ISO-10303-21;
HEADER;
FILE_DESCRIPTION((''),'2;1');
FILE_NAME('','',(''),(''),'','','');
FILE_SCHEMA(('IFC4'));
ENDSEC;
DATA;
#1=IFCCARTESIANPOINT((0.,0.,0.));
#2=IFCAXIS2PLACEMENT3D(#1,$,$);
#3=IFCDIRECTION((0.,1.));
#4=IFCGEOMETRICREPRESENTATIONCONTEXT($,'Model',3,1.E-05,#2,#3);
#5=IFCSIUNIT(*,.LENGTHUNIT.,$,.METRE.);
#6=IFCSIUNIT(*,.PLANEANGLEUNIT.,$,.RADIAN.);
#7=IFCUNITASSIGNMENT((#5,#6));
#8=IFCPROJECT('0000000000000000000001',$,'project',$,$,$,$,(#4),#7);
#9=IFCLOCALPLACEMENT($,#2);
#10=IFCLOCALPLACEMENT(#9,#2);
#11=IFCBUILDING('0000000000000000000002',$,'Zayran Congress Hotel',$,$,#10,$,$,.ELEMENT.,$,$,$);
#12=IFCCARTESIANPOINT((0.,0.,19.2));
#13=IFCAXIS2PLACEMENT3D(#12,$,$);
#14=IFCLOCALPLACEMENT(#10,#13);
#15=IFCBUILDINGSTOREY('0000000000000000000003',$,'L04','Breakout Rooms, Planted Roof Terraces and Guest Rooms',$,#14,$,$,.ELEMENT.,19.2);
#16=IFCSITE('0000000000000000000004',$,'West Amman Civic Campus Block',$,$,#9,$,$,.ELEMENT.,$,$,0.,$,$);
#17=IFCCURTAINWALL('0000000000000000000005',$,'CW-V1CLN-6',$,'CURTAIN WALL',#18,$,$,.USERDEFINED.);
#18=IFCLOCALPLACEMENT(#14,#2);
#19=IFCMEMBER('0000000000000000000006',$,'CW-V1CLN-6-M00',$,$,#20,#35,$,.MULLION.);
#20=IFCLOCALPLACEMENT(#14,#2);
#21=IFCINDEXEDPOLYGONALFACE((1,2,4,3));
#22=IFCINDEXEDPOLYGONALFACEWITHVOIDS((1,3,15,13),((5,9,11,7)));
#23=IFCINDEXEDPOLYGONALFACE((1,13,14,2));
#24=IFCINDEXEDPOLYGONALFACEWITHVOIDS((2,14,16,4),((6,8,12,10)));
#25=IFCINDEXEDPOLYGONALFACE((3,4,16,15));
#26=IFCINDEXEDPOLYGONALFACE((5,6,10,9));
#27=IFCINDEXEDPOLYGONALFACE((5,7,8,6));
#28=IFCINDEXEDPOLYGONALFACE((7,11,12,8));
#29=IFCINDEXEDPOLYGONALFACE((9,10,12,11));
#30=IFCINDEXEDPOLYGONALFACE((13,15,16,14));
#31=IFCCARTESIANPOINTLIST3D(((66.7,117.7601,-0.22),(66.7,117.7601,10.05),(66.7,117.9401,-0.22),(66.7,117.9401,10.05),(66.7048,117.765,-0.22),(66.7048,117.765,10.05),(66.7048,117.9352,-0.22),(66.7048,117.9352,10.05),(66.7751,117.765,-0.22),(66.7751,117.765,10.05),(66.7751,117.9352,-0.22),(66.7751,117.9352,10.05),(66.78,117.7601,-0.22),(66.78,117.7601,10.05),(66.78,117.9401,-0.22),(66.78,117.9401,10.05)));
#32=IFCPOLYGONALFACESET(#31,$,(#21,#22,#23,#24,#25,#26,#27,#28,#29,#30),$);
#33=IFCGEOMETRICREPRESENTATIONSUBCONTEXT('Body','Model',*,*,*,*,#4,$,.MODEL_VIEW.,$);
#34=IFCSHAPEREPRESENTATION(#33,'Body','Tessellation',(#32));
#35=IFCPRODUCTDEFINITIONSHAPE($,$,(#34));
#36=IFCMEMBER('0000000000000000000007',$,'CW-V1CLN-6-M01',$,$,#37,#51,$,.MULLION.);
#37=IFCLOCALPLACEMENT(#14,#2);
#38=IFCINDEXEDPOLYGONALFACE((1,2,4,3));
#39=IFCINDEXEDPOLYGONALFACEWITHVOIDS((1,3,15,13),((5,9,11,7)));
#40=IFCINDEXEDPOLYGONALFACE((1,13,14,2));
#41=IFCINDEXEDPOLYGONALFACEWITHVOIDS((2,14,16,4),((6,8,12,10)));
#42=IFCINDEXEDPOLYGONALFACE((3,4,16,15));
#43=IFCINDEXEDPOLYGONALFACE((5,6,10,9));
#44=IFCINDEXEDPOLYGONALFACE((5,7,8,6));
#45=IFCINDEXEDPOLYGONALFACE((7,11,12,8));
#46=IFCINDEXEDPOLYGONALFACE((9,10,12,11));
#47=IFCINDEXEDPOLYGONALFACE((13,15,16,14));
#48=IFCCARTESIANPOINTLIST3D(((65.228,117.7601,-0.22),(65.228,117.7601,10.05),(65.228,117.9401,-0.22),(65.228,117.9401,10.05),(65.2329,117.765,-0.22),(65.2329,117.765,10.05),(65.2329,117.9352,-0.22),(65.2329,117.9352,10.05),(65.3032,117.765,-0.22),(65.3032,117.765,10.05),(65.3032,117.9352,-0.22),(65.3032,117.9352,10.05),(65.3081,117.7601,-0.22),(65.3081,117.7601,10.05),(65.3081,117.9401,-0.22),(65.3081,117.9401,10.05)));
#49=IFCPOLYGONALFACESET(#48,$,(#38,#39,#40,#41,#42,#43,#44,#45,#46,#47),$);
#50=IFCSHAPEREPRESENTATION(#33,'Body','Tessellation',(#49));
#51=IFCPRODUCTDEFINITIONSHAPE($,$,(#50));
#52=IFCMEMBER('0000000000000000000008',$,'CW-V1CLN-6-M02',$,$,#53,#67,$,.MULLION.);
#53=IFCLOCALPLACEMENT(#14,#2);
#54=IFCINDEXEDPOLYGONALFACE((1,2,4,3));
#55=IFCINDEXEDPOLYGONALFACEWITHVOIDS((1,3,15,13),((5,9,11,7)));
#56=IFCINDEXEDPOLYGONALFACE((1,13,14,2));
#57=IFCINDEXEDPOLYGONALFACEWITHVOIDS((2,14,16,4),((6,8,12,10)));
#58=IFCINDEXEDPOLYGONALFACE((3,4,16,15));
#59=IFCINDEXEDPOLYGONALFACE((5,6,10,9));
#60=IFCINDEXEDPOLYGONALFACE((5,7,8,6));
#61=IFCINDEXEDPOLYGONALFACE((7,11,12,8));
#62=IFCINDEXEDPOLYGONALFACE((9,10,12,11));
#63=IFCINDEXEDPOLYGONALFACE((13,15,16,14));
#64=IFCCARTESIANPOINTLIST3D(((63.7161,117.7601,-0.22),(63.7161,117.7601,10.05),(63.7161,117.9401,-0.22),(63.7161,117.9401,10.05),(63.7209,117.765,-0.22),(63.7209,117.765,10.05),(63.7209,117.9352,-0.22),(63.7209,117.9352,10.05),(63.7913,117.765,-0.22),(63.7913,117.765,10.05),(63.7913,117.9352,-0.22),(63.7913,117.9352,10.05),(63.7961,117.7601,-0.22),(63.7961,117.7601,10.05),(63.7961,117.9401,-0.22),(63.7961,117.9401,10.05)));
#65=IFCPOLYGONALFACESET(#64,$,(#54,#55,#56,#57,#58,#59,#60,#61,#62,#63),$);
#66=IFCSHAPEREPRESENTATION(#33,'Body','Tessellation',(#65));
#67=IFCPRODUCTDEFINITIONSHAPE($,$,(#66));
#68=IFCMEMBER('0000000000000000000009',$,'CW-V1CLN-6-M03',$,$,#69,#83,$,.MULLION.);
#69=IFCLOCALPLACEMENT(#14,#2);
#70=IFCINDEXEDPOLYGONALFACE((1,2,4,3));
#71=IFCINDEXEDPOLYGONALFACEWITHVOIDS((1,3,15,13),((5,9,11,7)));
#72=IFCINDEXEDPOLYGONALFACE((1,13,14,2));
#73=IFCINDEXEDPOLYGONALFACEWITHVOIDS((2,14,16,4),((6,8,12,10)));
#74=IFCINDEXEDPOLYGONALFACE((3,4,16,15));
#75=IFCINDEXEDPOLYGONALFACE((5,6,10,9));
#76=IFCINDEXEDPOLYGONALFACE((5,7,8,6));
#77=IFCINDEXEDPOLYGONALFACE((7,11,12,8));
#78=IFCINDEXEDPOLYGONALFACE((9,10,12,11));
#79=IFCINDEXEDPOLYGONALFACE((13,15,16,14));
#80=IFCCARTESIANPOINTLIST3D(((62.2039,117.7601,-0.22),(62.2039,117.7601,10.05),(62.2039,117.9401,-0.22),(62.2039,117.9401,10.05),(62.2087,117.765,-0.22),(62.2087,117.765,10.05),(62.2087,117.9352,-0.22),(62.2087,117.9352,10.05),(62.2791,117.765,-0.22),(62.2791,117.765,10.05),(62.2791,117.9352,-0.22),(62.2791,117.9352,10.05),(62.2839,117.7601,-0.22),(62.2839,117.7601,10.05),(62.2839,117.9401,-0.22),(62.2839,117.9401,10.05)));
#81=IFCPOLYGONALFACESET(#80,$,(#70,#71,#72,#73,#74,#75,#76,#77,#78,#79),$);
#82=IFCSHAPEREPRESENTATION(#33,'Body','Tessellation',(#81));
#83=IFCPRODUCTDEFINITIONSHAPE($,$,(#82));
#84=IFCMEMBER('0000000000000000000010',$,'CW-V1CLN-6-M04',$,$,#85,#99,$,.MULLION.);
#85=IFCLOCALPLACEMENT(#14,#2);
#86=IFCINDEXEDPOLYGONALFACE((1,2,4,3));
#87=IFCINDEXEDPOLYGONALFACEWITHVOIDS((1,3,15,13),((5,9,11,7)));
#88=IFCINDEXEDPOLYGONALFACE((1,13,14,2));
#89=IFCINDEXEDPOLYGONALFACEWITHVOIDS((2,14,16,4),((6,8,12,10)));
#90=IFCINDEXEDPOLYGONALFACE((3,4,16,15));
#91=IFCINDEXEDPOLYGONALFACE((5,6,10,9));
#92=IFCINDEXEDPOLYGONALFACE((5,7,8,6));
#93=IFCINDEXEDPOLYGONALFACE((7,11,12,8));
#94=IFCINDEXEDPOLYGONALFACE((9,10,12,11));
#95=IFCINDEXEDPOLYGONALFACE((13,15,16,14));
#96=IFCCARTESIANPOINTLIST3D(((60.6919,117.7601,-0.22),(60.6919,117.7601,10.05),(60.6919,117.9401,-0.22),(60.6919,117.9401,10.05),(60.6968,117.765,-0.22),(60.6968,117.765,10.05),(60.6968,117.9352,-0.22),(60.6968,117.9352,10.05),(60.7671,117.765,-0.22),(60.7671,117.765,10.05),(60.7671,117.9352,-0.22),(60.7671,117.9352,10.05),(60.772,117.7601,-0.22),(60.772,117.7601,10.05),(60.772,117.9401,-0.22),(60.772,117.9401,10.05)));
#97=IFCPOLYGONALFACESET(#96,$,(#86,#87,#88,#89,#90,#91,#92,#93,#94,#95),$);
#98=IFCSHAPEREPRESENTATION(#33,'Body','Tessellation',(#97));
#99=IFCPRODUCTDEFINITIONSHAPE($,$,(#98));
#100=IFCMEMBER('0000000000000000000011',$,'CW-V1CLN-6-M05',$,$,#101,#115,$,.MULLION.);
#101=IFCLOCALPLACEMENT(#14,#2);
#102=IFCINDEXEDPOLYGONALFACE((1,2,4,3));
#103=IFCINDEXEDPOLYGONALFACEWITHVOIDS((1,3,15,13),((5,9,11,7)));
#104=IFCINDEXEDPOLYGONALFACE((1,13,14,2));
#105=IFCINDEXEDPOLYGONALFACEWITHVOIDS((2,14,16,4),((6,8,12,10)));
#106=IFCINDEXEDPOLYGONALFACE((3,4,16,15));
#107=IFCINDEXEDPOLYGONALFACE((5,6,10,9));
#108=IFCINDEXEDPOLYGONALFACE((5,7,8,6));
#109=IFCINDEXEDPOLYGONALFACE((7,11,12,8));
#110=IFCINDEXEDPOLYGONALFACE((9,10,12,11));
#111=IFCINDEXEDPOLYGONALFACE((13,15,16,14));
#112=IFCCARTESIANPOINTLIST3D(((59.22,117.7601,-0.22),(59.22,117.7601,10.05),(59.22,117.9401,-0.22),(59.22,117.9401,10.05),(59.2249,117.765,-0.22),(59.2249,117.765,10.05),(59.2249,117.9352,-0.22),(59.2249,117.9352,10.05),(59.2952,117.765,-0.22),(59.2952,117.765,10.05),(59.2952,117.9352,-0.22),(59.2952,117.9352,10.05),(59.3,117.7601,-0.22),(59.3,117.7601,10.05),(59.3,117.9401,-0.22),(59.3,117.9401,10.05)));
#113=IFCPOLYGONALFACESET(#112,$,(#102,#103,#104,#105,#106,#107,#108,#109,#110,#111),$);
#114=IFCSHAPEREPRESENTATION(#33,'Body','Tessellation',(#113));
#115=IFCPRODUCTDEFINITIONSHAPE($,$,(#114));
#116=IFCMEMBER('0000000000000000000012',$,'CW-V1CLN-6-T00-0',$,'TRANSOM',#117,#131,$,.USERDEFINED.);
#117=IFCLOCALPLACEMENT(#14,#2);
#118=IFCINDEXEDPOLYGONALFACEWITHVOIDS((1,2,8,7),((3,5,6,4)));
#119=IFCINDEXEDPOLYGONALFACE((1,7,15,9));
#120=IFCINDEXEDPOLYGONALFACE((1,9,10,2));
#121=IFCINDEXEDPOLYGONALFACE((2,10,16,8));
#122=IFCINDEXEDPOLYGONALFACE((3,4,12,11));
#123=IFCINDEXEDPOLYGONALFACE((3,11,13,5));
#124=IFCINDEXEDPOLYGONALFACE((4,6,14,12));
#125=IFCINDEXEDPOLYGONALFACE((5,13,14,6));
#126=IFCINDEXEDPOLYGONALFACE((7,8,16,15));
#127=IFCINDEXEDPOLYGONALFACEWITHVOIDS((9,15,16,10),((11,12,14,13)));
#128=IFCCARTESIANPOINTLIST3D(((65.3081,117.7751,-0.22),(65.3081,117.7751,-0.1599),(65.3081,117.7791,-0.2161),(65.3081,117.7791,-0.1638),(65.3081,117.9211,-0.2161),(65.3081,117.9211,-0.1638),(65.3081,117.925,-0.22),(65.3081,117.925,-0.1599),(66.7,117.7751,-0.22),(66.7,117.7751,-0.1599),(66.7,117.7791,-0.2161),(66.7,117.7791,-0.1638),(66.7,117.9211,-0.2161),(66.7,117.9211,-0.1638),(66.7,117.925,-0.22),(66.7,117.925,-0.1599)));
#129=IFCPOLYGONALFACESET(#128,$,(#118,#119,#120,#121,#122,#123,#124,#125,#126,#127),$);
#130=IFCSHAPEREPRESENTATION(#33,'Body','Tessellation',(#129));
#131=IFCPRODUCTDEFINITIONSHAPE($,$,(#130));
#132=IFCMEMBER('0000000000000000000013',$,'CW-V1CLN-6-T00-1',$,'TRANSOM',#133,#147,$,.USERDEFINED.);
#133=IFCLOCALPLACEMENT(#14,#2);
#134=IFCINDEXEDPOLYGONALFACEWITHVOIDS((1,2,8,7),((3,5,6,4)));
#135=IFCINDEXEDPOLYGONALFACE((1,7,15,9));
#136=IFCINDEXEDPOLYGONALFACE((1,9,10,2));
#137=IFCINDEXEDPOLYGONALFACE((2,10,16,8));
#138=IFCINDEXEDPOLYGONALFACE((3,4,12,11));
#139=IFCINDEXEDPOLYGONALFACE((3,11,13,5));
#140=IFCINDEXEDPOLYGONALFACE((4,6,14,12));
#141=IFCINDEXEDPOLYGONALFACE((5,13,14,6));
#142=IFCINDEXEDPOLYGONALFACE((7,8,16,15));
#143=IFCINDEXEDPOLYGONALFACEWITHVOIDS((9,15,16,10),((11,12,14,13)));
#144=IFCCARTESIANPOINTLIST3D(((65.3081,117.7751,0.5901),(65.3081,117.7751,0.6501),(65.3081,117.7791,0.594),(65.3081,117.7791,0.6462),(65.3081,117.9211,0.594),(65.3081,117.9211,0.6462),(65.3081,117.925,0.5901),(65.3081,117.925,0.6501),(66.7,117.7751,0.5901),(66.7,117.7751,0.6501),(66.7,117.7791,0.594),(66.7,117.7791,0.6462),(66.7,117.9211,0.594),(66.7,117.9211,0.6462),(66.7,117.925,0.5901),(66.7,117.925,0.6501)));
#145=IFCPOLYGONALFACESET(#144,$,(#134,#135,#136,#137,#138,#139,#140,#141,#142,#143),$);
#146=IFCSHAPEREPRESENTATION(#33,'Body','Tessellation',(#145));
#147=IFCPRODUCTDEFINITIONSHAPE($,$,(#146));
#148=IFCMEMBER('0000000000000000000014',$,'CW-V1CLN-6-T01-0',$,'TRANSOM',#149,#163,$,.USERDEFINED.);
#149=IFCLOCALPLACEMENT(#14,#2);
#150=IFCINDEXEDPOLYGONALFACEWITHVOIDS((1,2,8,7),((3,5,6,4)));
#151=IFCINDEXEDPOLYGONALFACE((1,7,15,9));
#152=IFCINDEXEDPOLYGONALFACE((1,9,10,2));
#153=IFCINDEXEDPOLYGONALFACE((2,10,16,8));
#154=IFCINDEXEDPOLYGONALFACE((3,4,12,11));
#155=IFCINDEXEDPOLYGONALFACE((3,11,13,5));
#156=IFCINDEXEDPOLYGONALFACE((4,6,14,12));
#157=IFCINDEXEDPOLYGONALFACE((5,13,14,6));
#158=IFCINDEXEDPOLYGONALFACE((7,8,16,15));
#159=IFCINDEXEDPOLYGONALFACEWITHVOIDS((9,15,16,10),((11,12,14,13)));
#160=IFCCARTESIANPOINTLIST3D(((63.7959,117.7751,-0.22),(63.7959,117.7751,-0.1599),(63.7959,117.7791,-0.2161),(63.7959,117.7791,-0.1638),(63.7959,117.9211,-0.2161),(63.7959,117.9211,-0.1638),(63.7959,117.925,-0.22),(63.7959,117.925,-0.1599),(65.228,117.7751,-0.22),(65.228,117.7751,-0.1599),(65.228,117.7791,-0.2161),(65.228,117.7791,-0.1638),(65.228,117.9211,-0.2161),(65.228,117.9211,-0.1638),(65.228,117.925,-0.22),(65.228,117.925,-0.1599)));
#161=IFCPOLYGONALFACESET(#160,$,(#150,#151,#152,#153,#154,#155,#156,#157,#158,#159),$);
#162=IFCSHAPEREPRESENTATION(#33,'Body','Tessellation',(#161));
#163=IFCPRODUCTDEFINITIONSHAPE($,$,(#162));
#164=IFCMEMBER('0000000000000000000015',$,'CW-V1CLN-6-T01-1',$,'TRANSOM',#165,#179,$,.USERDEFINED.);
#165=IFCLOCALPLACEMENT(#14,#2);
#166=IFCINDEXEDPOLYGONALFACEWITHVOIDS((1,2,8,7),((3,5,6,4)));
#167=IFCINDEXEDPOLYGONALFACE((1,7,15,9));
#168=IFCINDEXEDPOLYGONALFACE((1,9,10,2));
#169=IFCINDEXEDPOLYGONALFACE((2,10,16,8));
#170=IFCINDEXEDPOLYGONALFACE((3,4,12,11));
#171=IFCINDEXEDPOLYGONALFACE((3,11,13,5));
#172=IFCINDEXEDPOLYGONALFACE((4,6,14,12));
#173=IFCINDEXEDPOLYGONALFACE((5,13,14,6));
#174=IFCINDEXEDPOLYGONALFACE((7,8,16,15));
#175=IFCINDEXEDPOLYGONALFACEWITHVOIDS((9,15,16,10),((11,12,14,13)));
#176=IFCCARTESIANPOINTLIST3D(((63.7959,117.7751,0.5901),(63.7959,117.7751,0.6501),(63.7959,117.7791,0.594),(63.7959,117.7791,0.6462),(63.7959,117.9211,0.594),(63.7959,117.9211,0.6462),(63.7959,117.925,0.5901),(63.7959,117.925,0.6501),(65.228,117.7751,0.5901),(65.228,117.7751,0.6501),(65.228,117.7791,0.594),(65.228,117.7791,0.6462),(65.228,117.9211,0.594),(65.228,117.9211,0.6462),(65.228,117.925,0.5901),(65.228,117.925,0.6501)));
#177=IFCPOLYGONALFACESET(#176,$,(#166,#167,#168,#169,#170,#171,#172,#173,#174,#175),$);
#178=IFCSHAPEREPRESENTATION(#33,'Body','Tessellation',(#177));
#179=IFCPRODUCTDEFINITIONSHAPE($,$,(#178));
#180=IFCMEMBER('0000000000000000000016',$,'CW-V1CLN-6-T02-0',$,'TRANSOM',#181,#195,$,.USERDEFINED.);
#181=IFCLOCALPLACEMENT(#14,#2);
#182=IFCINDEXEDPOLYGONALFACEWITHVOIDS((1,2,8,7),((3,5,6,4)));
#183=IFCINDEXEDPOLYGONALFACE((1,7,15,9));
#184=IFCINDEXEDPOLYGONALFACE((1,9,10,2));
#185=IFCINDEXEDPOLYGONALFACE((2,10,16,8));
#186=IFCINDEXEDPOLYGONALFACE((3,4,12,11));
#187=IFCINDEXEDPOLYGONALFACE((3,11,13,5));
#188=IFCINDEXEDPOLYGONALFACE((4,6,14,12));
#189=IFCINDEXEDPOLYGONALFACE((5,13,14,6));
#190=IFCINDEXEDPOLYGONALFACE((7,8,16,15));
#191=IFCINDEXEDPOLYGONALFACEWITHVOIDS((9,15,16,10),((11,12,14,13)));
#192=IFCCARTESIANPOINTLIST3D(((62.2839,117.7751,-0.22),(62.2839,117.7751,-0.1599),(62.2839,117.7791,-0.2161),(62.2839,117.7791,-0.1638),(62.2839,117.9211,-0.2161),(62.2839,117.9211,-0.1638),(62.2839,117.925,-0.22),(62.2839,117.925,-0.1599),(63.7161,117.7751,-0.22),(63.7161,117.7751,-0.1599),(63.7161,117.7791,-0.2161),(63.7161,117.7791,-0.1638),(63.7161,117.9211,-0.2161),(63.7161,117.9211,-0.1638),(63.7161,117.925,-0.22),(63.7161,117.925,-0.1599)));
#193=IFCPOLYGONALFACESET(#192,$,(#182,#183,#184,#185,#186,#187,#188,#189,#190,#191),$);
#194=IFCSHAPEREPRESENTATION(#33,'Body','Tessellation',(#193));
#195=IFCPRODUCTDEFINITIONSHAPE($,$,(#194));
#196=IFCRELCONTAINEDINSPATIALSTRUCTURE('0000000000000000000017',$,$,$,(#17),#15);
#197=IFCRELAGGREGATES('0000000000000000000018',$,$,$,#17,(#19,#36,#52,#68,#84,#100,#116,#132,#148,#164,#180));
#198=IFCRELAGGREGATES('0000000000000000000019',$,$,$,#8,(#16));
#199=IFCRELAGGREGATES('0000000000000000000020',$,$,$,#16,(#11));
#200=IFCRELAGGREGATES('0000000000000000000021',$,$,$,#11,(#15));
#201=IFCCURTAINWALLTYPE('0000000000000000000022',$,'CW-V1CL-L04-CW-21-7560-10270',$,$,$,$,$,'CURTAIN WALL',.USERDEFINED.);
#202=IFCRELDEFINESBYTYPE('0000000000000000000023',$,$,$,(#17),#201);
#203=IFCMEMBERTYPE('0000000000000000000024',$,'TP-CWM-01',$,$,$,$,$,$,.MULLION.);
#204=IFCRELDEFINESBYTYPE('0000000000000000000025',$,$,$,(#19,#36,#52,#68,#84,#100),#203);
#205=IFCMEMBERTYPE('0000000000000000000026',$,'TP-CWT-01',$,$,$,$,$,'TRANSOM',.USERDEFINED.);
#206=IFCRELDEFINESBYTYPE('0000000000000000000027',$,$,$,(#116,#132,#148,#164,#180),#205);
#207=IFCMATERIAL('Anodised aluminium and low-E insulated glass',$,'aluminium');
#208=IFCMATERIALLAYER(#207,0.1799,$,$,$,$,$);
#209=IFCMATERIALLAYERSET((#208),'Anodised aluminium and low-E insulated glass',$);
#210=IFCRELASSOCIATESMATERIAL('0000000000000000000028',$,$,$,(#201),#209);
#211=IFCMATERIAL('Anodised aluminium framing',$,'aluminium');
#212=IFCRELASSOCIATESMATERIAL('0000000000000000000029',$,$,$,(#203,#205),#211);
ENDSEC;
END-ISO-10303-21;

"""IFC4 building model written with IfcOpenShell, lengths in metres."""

from ifc_helpers import new_model, si_unit, direction, frame, origin, origin_2d, place, context, subcontext, project, spatial, hollow_rectangle, extrude, material, layer, layer_set, material_profile, profile_set, type_object, element, aggregate, save


model = new_model("IFC4")

# Units and contexts
model_context = context("Model", 3, precision=1e-05, world=origin(), true_north=direction((0.0, 1.0)))
body_context = subcontext(model_context, "Body", "Model", "MODEL_VIEW")
ifc_project = project(units=[si_unit("LENGTHUNIT", "METRE"), si_unit("PLANEANGLEUNIT", "RADIAN")], contexts=[model_context])

# Site, building, storey
site_placement = place(None, origin())
site = spatial("IfcSite", under=ifc_project, at=site_placement, Name="West Amman Civic Campus Block", CompositionType="ELEMENT", RefElevation=0.0)
building_placement = place(site_placement, origin())
building = spatial("IfcBuilding", under=site, at=building_placement, Name="Zayran Congress Hotel", CompositionType="ELEMENT")
storey_placement = place(building_placement, frame((0.0, 0.0, 19.2)))
storey = spatial("IfcBuildingStorey", under=building, at=storey_placement, Name="L04", Description="Breakout Rooms, Planted Roof Terraces and Guest Rooms", CompositionType="ELEMENT", Elevation=19.2)

# Curtain wall, members
ifc_material_1 = material(Name="Anodised aluminium and low-E insulated glass", Category="aluminium")
ifc_layer_1 = layer(ifc_material_1, 0.1799)
ifc_layer_set_1 = layer_set([ifc_layer_1], Name="Anodised aluminium and low-E insulated glass")
curtain_wall_type_1 = type_object("IfcCurtainWallType", Name="CW-V1CL-L04-CW-21-7560-10270", ElementType="CURTAIN WALL", PredefinedType="USERDEFINED", material=ifc_layer_set_1)
curtain_wall_1_placement = place(storey_placement, origin())
curtain_wall_1 = element("IfcCurtainWall", 1, at=curtain_wall_1_placement, inside=storey, type_object=curtain_wall_type_1, Name="CW-V1CLN-6", ObjectType="CURTAIN WALL", PredefinedType="USERDEFINED")
ifc_material_2 = material(Name="Anodised aluminium framing", Category="aluminium")
ifc_material_profile_1 = material_profile(ifc_material_2, hollow_rectangle(XDim=0.0801, YDim=0.1799, WallThickness=0.0049, at=origin_2d()), Name="RHS 180x80x5")
ifc_profile_set_1 = profile_set([ifc_material_profile_1], Name="Anodised aluminium framing")
member_type_1 = type_object("IfcMemberType", Name="TP-CWM-01", PredefinedType="MULLION", material=ifc_profile_set_1)
member_1_placement = place(storey_placement, frame((66.74, 117.8501, -0.22), z_axis=(0.0, 0.0, 1.0), x_axis=(1.0, 0.0, 0.0)))
member_1 = element("IfcMember", 2, at=member_1_placement, type_object=member_type_1, Name="CW-V1CLN-6-M00", PredefinedType="MULLION", context=body_context, shape_type="SweptSolid", body=[
    extrude(hollow_rectangle(XDim=0.0801, YDim=0.1799, WallThickness=0.0049, at=origin_2d()), origin(), (0.0, 0.0, 1.0), 10.27),
])
member_2_placement = place(storey_placement, frame((65.2681, 117.8501, -0.22), z_axis=(0.0, 0.0, 1.0), x_axis=(1.0, 0.0, 0.0)))
member_2 = element("IfcMember", 3, at=member_2_placement, type_object=member_type_1, Name="CW-V1CLN-6-M01", PredefinedType="MULLION", context=body_context, shape_type="SweptSolid", body=[
    extrude(hollow_rectangle(XDim=0.0801, YDim=0.1799, WallThickness=0.0049, at=origin_2d()), origin(), (0.0, 0.0, 1.0), 10.27),
])
member_3_placement = place(storey_placement, frame((63.7561, 117.8501, -0.22), z_axis=(0.0, 0.0, 1.0), x_axis=(1.0, 0.0, 0.0)))
member_3 = element("IfcMember", 4, at=member_3_placement, type_object=member_type_1, Name="CW-V1CLN-6-M02", PredefinedType="MULLION", context=body_context, shape_type="SweptSolid", body=[
    extrude(hollow_rectangle(XDim=0.0801, YDim=0.1799, WallThickness=0.0049, at=origin_2d()), origin(), (0.0, 0.0, 1.0), 10.27),
])
member_4_placement = place(storey_placement, frame((62.2439, 117.8501, -0.22), z_axis=(0.0, 0.0, 1.0), x_axis=(1.0, 0.0, 0.0)))
member_4 = element("IfcMember", 5, at=member_4_placement, type_object=member_type_1, Name="CW-V1CLN-6-M03", PredefinedType="MULLION", context=body_context, shape_type="SweptSolid", body=[
    extrude(hollow_rectangle(XDim=0.0801, YDim=0.1799, WallThickness=0.0049, at=origin_2d()), origin(), (0.0, 0.0, 1.0), 10.27),
])
member_5_placement = place(storey_placement, frame((60.7319, 117.8501, -0.22), z_axis=(0.0, 0.0, 1.0), x_axis=(1.0, 0.0, 0.0)))
member_5 = element("IfcMember", 6, at=member_5_placement, type_object=member_type_1, Name="CW-V1CLN-6-M04", PredefinedType="MULLION", context=body_context, shape_type="SweptSolid", body=[
    extrude(hollow_rectangle(XDim=0.0801, YDim=0.1799, WallThickness=0.0049, at=origin_2d()), origin(), (0.0, 0.0, 1.0), 10.27),
])
member_6_placement = place(storey_placement, frame((59.26, 117.8501, -0.22), z_axis=(0.0, 0.0, 1.0), x_axis=(1.0, 0.0, 0.0)))
member_6 = element("IfcMember", 7, at=member_6_placement, type_object=member_type_1, Name="CW-V1CLN-6-M05", PredefinedType="MULLION", context=body_context, shape_type="SweptSolid", body=[
    extrude(hollow_rectangle(XDim=0.0801, YDim=0.1799, WallThickness=0.0049, at=origin_2d()), origin(), (0.0, 0.0, 1.0), 10.27),
])
ifc_material_profile_2 = material_profile(ifc_material_2, hollow_rectangle(XDim=0.0601, YDim=0.1499, WallThickness=0.0039, at=origin_2d()), Name="RHS 150x60x4")
ifc_profile_set_2 = profile_set([ifc_material_profile_2], Name="Anodised aluminium framing")
member_type_2 = type_object("IfcMemberType", Name="TP-CWT-01", ElementType="TRANSOM", PredefinedType="USERDEFINED", material=ifc_profile_set_2)
member_7_placement = place(storey_placement, frame((66.7, 117.8501, -0.1899), z_axis=(-1.0, 0.0, 0.0), x_axis=(0.0, 0.0, 1.0)))
member_7 = element("IfcMember", 8, at=member_7_placement, type_object=member_type_2, Name="CW-V1CLN-6-T00-0", ObjectType="TRANSOM", PredefinedType="USERDEFINED", context=body_context, shape_type="SweptSolid", body=[
    extrude(hollow_rectangle(XDim=0.0601, YDim=0.1499, WallThickness=0.0039, at=origin_2d()), origin(), (0.0, 0.0, 1.0), 1.3918),
])
member_8_placement = place(storey_placement, frame((66.7, 117.8501, 0.6201), z_axis=(-1.0, 0.0, 0.0), x_axis=(0.0, 0.0, 1.0)))
member_8 = element("IfcMember", 9, at=member_8_placement, type_object=member_type_2, Name="CW-V1CLN-6-T00-1", ObjectType="TRANSOM", PredefinedType="USERDEFINED", context=body_context, shape_type="SweptSolid", body=[
    extrude(hollow_rectangle(XDim=0.0601, YDim=0.1499, WallThickness=0.0039, at=origin_2d()), origin(), (0.0, 0.0, 1.0), 1.3918),
])
member_9_placement = place(storey_placement, frame((65.228, 117.8501, -0.1899), z_axis=(-1.0, 0.0, 0.0), x_axis=(0.0, 0.0, 1.0)))
member_9 = element("IfcMember", 10, at=member_9_placement, type_object=member_type_2, Name="CW-V1CLN-6-T01-0", ObjectType="TRANSOM", PredefinedType="USERDEFINED", context=body_context, shape_type="SweptSolid", body=[
    extrude(hollow_rectangle(XDim=0.0601, YDim=0.1499, WallThickness=0.0039, at=origin_2d()), origin(), (0.0, 0.0, 1.0), 1.4321),
])
member_10_placement = place(storey_placement, frame((65.228, 117.8501, 0.6201), z_axis=(-1.0, 0.0, 0.0), x_axis=(0.0, 0.0, 1.0)))
member_10 = element("IfcMember", 11, at=member_10_placement, type_object=member_type_2, Name="CW-V1CLN-6-T01-1", ObjectType="TRANSOM", PredefinedType="USERDEFINED", context=body_context, shape_type="SweptSolid", body=[
    extrude(hollow_rectangle(XDim=0.0601, YDim=0.1499, WallThickness=0.0039, at=origin_2d()), origin(), (0.0, 0.0, 1.0), 1.4321),
])
member_11_placement = place(storey_placement, frame((63.7161, 117.8501, -0.1899), z_axis=(-1.0, 0.0, 0.0), x_axis=(0.0, 0.0, 1.0)))
member_11 = element("IfcMember", 12, at=member_11_placement, type_object=member_type_2, Name="CW-V1CLN-6-T02-0", ObjectType="TRANSOM", PredefinedType="USERDEFINED", context=body_context, shape_type="SweptSolid", body=[
    extrude(hollow_rectangle(XDim=0.0601, YDim=0.1499, WallThickness=0.0039, at=origin_2d()), origin(), (0.0, 0.0, 1.0), 1.4321),
])
aggregate(curtain_wall_1, [member_1, member_2, member_3, member_4, member_5, member_6, member_7, member_8, member_9, member_10, member_11])

save(model, "model.ifc")
